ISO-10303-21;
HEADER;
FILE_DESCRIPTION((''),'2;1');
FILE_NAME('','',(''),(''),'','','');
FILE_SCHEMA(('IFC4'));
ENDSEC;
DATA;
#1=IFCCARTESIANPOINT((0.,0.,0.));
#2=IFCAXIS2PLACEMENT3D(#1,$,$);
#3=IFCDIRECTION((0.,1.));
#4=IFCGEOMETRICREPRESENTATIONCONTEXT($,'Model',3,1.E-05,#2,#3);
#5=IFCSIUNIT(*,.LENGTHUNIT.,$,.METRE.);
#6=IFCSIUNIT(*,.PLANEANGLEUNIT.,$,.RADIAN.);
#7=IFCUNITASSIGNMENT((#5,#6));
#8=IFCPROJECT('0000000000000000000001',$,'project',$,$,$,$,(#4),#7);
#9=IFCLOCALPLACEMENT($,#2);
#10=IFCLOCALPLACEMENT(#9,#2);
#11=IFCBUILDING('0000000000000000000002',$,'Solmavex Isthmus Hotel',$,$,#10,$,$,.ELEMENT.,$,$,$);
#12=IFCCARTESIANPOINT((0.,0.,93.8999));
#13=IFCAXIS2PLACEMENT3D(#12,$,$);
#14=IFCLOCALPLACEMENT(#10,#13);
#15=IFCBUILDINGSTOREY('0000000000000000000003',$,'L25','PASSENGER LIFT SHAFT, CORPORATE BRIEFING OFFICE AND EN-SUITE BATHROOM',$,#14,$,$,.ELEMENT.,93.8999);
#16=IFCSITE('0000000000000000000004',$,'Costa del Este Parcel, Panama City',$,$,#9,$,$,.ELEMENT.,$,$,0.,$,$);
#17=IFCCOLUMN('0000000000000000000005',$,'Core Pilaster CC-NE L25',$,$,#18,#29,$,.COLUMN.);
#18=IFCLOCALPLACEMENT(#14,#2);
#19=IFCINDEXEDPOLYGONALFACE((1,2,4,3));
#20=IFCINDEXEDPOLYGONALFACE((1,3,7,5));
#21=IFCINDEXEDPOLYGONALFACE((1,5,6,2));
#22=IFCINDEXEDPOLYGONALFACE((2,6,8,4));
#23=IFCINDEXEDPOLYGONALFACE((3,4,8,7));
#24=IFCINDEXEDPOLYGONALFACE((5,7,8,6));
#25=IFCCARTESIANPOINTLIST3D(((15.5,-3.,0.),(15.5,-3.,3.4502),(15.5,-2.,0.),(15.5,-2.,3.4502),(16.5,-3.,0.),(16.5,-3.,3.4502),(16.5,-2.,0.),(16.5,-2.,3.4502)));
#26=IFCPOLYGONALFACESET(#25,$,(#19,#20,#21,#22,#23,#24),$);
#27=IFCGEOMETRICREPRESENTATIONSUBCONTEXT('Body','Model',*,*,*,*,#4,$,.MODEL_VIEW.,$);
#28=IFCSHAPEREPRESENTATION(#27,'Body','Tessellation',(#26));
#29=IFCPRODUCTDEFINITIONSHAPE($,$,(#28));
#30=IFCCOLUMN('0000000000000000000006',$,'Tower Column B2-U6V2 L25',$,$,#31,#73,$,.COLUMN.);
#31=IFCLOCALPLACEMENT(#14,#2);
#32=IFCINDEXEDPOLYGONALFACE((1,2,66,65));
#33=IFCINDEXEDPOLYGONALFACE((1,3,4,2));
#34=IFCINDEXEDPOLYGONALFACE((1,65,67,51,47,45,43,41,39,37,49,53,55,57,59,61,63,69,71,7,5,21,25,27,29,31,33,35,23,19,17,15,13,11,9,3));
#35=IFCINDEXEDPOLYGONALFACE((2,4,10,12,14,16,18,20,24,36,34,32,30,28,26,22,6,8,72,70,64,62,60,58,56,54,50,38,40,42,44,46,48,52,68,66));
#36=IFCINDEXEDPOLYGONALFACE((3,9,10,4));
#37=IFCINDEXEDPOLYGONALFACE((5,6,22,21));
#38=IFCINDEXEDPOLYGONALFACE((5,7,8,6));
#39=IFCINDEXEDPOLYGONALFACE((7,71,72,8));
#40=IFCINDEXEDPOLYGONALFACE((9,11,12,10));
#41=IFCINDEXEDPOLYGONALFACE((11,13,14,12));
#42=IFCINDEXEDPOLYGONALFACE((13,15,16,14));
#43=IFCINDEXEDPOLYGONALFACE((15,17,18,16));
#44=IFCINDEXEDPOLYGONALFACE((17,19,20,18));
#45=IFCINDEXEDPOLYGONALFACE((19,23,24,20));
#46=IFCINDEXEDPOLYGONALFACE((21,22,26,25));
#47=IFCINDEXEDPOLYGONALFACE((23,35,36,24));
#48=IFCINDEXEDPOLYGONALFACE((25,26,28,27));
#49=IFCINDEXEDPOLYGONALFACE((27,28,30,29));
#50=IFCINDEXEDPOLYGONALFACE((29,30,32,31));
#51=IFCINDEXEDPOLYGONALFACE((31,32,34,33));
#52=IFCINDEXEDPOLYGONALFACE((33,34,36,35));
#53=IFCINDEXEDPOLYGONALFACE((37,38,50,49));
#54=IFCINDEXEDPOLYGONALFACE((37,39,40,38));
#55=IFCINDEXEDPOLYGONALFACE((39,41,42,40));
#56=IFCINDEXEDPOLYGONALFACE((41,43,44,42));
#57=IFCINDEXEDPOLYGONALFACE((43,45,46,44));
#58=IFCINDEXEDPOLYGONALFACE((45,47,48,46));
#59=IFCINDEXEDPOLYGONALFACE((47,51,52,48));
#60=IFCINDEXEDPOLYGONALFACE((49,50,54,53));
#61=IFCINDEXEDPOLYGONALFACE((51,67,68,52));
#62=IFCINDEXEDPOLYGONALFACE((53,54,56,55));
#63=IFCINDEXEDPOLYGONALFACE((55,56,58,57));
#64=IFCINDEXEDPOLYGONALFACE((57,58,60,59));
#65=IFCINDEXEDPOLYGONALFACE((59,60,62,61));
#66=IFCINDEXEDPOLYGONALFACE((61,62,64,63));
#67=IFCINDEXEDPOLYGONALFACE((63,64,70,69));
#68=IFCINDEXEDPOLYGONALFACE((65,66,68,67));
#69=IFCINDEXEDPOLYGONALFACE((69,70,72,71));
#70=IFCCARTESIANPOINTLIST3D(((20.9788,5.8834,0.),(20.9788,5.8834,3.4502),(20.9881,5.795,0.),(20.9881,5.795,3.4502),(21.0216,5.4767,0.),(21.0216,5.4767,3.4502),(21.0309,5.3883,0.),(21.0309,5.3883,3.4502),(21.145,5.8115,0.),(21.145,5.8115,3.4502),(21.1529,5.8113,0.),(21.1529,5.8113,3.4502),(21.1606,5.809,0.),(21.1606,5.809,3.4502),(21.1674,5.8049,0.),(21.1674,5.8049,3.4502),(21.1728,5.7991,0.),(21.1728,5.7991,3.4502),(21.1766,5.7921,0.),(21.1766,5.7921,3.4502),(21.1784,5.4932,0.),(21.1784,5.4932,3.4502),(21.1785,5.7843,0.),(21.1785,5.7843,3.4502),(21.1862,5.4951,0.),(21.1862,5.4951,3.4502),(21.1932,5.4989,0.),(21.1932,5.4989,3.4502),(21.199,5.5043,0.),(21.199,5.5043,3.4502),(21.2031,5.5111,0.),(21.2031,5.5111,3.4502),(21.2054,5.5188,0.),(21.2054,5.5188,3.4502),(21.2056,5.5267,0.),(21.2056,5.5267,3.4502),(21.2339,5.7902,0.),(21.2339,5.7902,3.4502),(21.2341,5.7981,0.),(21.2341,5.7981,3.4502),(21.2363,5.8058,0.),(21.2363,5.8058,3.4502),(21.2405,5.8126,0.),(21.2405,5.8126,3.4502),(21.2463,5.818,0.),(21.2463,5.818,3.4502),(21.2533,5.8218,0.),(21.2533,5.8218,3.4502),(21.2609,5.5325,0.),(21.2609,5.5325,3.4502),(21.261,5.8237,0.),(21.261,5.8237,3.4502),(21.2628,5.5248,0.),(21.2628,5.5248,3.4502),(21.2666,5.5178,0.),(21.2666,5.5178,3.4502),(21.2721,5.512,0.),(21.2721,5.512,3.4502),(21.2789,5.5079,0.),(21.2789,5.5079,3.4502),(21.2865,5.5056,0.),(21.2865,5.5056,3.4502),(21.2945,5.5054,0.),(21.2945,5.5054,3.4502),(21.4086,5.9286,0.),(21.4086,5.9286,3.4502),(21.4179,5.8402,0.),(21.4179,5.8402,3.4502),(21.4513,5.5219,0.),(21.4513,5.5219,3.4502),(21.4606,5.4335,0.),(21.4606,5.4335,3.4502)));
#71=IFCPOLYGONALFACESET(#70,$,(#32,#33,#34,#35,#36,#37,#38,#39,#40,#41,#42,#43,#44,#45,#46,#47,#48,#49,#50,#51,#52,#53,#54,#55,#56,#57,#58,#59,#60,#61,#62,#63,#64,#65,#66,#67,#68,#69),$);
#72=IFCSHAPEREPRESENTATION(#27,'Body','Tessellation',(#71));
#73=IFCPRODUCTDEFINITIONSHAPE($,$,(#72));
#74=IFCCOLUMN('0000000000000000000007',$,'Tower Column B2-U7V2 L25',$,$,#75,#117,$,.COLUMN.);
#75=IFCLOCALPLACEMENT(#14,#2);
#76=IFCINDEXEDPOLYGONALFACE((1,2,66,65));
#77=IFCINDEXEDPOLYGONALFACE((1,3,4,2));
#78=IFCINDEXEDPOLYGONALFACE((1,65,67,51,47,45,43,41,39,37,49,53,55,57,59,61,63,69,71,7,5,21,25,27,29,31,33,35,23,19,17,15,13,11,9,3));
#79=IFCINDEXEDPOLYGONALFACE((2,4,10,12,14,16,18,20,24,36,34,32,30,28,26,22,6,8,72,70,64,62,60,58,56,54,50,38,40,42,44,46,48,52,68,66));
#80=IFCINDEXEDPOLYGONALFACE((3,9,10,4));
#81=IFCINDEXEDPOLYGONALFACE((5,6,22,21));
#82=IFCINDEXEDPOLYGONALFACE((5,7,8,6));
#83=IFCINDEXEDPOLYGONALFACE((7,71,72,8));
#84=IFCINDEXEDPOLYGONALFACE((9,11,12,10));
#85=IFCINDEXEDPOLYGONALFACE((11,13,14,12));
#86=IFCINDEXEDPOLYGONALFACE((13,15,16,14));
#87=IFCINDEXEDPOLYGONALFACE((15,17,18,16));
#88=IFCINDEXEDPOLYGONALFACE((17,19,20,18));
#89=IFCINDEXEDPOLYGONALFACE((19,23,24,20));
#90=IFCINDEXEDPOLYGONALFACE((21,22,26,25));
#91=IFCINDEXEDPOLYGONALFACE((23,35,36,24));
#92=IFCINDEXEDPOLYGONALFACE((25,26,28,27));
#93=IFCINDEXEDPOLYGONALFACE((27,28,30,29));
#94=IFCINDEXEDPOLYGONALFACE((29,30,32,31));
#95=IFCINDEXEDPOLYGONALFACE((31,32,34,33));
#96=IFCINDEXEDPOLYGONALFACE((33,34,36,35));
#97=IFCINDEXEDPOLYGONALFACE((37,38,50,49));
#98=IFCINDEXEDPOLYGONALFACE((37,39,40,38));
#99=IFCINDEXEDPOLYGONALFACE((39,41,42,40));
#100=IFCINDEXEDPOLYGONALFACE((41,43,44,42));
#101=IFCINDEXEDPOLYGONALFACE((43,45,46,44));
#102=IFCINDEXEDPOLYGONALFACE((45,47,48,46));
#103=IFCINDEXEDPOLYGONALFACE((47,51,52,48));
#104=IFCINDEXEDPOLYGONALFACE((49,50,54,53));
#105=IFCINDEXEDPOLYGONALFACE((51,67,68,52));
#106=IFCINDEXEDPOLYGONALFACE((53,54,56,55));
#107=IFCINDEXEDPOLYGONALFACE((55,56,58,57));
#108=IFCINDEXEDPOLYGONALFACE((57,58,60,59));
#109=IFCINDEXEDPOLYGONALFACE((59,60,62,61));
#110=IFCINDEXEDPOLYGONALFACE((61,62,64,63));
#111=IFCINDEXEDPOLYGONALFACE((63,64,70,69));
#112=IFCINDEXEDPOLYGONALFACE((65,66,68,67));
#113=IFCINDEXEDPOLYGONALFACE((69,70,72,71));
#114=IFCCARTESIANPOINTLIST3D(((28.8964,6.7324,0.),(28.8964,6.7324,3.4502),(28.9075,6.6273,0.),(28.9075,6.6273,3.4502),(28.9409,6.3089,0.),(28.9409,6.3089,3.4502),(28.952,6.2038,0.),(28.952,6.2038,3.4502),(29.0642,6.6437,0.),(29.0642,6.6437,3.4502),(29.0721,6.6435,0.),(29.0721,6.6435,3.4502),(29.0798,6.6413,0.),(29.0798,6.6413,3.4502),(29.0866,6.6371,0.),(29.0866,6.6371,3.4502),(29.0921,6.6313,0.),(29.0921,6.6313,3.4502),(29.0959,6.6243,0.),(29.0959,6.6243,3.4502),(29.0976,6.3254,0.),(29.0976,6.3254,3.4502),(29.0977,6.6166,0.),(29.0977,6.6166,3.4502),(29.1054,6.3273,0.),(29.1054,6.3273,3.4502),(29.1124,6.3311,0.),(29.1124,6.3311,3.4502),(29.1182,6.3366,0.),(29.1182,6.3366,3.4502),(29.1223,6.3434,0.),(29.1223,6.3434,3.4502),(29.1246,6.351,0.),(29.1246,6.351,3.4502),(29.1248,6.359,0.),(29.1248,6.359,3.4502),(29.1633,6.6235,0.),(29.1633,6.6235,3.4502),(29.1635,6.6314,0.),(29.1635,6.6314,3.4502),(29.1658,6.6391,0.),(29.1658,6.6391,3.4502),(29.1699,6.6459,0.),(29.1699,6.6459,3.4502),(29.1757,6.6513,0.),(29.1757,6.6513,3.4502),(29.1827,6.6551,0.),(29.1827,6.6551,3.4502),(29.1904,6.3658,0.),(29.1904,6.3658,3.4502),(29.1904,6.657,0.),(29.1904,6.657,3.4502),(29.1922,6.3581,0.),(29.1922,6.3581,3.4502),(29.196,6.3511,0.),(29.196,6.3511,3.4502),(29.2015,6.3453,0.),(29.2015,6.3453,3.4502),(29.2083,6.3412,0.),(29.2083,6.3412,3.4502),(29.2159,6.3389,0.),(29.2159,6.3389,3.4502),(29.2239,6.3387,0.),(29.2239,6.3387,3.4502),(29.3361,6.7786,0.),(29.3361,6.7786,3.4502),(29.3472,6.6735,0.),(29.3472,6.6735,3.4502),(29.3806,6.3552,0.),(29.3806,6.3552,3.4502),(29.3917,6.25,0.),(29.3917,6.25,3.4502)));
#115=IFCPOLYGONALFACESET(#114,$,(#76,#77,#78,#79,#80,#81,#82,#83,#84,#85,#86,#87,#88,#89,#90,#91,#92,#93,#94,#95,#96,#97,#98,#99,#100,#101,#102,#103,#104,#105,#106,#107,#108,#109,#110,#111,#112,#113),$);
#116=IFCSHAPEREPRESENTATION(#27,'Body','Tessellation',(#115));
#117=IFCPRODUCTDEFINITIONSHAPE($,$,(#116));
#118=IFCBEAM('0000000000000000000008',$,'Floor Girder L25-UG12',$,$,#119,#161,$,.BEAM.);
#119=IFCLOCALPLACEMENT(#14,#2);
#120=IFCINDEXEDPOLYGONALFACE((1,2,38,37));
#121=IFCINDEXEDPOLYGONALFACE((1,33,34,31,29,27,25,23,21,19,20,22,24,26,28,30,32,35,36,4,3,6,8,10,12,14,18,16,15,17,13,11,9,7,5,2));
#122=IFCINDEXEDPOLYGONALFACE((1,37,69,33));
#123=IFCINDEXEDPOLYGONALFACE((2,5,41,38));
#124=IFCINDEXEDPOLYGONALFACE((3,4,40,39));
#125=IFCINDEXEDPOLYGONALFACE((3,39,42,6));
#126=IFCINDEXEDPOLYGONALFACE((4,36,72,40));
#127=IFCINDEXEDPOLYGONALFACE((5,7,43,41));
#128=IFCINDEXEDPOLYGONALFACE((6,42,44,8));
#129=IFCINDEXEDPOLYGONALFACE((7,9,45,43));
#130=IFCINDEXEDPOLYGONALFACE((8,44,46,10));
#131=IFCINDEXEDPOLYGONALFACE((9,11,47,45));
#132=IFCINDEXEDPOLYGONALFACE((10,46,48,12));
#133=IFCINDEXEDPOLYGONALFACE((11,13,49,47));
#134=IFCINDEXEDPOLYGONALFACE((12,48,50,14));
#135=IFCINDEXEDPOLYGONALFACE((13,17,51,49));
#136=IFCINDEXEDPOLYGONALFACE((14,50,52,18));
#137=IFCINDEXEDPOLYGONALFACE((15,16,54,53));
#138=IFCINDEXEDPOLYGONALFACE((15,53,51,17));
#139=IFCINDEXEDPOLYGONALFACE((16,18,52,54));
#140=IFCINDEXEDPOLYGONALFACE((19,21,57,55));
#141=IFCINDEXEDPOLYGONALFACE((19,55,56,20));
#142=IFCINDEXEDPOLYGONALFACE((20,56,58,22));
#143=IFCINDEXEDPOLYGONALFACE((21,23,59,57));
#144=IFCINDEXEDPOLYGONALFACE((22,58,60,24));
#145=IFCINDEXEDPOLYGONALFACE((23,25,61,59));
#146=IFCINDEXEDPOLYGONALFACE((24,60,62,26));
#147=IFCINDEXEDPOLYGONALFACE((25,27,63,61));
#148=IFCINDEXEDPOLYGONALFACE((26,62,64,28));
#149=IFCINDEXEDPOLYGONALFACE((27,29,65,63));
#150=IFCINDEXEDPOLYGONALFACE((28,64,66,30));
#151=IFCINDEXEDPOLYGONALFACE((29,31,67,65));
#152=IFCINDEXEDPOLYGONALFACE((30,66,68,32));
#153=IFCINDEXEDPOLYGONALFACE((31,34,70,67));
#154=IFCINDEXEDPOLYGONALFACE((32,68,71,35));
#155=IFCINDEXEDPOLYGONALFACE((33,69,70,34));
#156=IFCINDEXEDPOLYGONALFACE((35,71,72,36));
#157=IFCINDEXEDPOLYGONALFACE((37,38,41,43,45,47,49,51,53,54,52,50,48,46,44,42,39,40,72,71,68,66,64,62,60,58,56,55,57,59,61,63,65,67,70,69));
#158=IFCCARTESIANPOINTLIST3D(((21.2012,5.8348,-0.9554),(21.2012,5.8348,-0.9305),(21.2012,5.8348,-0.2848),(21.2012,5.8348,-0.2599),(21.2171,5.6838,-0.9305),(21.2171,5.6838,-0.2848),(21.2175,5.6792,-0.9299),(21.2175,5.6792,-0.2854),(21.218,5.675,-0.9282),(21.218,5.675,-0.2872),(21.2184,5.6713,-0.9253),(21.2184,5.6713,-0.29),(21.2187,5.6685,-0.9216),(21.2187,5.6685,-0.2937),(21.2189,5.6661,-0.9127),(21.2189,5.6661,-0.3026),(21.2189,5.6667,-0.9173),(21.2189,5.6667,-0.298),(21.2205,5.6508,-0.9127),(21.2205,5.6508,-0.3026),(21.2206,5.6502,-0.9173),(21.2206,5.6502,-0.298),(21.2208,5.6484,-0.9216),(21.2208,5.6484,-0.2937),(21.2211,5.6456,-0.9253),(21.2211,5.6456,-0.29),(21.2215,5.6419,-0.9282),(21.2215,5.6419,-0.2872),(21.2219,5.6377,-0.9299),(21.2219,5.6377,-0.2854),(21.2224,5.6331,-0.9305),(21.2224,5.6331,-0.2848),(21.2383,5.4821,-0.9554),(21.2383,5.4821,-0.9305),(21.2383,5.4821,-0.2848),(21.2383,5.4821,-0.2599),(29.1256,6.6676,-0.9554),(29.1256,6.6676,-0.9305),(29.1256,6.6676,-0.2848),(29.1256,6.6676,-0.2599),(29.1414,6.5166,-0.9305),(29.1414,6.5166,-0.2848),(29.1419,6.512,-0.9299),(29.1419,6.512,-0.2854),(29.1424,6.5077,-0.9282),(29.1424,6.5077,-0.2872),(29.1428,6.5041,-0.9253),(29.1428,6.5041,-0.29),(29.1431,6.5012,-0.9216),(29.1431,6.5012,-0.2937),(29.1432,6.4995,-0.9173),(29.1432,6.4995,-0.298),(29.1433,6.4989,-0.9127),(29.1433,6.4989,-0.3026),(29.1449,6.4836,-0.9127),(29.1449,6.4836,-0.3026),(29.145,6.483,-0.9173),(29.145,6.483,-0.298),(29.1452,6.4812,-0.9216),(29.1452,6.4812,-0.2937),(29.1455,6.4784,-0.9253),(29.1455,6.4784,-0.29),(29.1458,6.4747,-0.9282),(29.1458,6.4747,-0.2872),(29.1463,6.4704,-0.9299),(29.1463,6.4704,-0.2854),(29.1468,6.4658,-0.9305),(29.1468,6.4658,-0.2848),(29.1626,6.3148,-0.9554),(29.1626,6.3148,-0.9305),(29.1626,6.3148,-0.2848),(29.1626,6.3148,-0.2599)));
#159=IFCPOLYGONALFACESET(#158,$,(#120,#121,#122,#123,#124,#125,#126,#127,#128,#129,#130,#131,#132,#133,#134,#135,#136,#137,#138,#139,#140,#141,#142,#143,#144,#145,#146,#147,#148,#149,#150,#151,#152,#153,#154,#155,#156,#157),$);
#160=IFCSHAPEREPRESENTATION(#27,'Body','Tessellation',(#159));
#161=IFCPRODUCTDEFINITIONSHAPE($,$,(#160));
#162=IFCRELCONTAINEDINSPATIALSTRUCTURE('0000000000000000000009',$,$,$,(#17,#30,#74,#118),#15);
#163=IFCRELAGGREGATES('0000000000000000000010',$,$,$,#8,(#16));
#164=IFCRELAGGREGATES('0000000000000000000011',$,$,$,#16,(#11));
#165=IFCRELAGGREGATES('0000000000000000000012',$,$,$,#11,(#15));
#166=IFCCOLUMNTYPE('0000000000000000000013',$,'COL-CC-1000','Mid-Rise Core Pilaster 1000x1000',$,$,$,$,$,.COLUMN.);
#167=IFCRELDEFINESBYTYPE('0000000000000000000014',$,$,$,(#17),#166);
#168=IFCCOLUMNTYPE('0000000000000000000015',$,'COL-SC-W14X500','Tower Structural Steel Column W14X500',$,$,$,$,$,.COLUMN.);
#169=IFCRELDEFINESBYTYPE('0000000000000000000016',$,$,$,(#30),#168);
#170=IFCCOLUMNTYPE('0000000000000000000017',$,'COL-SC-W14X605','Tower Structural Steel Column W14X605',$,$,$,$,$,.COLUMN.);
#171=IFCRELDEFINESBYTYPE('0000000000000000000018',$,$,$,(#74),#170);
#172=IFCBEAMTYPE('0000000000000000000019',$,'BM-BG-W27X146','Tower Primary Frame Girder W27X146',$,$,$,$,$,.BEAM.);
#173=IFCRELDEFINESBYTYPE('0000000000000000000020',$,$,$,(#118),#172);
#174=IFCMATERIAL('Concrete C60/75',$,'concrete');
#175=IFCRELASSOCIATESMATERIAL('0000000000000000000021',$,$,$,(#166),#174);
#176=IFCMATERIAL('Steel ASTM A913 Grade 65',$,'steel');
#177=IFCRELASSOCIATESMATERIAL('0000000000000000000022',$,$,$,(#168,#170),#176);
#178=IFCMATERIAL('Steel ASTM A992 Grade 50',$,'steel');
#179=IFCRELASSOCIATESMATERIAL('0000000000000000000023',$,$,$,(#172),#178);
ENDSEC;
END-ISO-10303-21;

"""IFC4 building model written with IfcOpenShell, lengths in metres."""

from ifc_helpers import new_model, si_unit, direction, frame, origin, origin_2d, place, context, subcontext, project, spatial, rectangle, i_section, extrude, material, material_profile, profile_set, type_object, element, save


model = new_model("IFC4")

# Units and contexts
model_context = context("Model", 3, precision=1e-05, world=origin(), true_north=direction((0.0, 1.0)))
body_context = subcontext(model_context, "Body", "Model", "MODEL_VIEW")
ifc_project = project(units=[si_unit("LENGTHUNIT", "METRE"), si_unit("PLANEANGLEUNIT", "RADIAN")], contexts=[model_context])

# Site, building, storey
site_placement = place(None, origin())
site = spatial("IfcSite", under=ifc_project, at=site_placement, Name="Costa del Este Parcel, Panama City", CompositionType="ELEMENT", RefElevation=0.0)
building_placement = place(site_placement, origin())
building = spatial("IfcBuilding", under=site, at=building_placement, Name="Solmavex Isthmus Hotel", CompositionType="ELEMENT")
storey_placement = place(building_placement, frame((0.0, 0.0, 93.8999)))
storey = spatial("IfcBuildingStorey", under=building, at=storey_placement, Name="L25", Description="PASSENGER LIFT SHAFT, CORPORATE BRIEFING OFFICE AND EN-SUITE BATHROOM", CompositionType="ELEMENT", Elevation=93.8999)

# Columns
ifc_material_1 = material(Name="Concrete C60/75", Category="concrete")
ifc_material_profile_1 = material_profile(ifc_material_1, rectangle(XDim=1.0, YDim=1.0, at=origin_2d()), Name="RC1000X1000")
ifc_profile_set_1 = profile_set([ifc_material_profile_1], Name="Concrete C60/75")
column_type_1 = type_object("IfcColumnType", Name="COL-CC-1000", Description="Mid-Rise Core Pilaster 1000x1000", PredefinedType="COLUMN", material=ifc_profile_set_1)
column_1_placement = place(storey_placement, frame((16.0, -2.5, 0.0), z_axis=(0.0, 0.0, 1.0), x_axis=(1.0, 0.0, 0.0)))
element("IfcColumn", 1, at=column_1_placement, inside=storey, type_object=column_type_1, Name="Core Pilaster CC-NE L25", PredefinedType="COLUMN", context=body_context, shape_type="SweptSolid", body=[
    extrude(rectangle(XDim=1.0, YDim=1.0, at=origin_2d()), origin(), (0.0, 0.0, 1.0), 3.4502),
])
ifc_material_2 = material(Name="Steel ASTM A913 Grade 65", Category="steel")
ifc_material_profile_2 = material_profile(ifc_material_2, i_section(OverallWidth=0.4321, OverallDepth=0.4978, WebThickness=0.0557, FlangeThickness=0.0889, FilletRadius=0.0305, at=origin_2d()), Name="W14X500")
ifc_profile_set_2 = profile_set([ifc_material_profile_2], Name="Steel ASTM A913 Grade 65")
column_type_2 = type_object("IfcColumnType", Name="COL-SC-W14X500", Description="Tower Structural Steel Column W14X500", PredefinedType="COLUMN", material=ifc_profile_set_2)
column_2_placement = place(storey_placement, frame((21.2197, 5.6584, 0.0), z_axis=(0.0, 0.0, 1.0), x_axis=(0.994522, 0.104528, 0.0)))
element("IfcColumn", 2, at=column_2_placement, inside=storey, type_object=column_type_2, Name="Tower Column B2-U6V2 L25", PredefinedType="COLUMN", context=body_context, shape_type="SweptSolid", body=[
    extrude(i_section(OverallWidth=0.4321, OverallDepth=0.4978, WebThickness=0.0557, FlangeThickness=0.0889, FilletRadius=0.0305, at=origin_2d()), origin(), (0.0, 0.0, 1.0), 3.4502),
])
ifc_material_profile_3 = material_profile(ifc_material_2, i_section(OverallWidth=0.4421, OverallDepth=0.5315, WebThickness=0.0659, FlangeThickness=0.1057, FilletRadius=0.0305, at=origin_2d()), Name="W14X605")
ifc_profile_set_3 = profile_set([ifc_material_profile_3], Name="Steel ASTM A913 Grade 65")
column_type_3 = type_object("IfcColumnType", Name="COL-SC-W14X605", Description="Tower Structural Steel Column W14X605", PredefinedType="COLUMN", material=ifc_profile_set_3)
column_3_placement = place(storey_placement, frame((29.144, 6.4912, 0.0), z_axis=(0.0, 0.0, 1.0), x_axis=(0.994522, 0.104528, 0.0)))
element("IfcColumn", 3, at=column_3_placement, inside=storey, type_object=column_type_3, Name="Tower Column B2-U7V2 L25", PredefinedType="COLUMN", context=body_context, shape_type="SweptSolid", body=[
    extrude(i_section(OverallWidth=0.4421, OverallDepth=0.5315, WebThickness=0.0659, FlangeThickness=0.1057, FilletRadius=0.0305, at=origin_2d()), origin(), (0.0, 0.0, 1.0), 3.4502),
])

# Beam
ifc_material_3 = material(Name="Steel ASTM A992 Grade 50", Category="steel")
ifc_material_profile_4 = material_profile(ifc_material_3, i_section(OverallWidth=0.3547, OverallDepth=0.6956, WebThickness=0.0154, FlangeThickness=0.0249, FilletRadius=0.0178, at=origin_2d()), Name="W27X146")
ifc_profile_set_4 = profile_set([ifc_material_profile_4], Name="Steel ASTM A992 Grade 50")
beam_type_1 = type_object("IfcBeamType", Name="BM-BG-W27X146", Description="Tower Primary Frame Girder W27X146", PredefinedType="BEAM", material=ifc_profile_set_4)
beam_1_placement = place(storey_placement, frame((21.2197, 5.6584, -0.6077), z_axis=(0.994523, 0.104514, 0.0), x_axis=(-0.104514, 0.994523, 0.0)))
element("IfcBeam", 4, at=beam_1_placement, inside=storey, type_object=beam_type_1, Name="Floor Girder L25-UG12", PredefinedType="BEAM", context=body_context, shape_type="SweptSolid", body=[
    extrude(i_section(OverallWidth=0.3547, OverallDepth=0.6956, WebThickness=0.0154, FlangeThickness=0.0249, FilletRadius=0.0178, at=origin_2d()), origin(), (0.0, 0.0, 1.0), 7.968),
])

save(model, "model.ifc")
